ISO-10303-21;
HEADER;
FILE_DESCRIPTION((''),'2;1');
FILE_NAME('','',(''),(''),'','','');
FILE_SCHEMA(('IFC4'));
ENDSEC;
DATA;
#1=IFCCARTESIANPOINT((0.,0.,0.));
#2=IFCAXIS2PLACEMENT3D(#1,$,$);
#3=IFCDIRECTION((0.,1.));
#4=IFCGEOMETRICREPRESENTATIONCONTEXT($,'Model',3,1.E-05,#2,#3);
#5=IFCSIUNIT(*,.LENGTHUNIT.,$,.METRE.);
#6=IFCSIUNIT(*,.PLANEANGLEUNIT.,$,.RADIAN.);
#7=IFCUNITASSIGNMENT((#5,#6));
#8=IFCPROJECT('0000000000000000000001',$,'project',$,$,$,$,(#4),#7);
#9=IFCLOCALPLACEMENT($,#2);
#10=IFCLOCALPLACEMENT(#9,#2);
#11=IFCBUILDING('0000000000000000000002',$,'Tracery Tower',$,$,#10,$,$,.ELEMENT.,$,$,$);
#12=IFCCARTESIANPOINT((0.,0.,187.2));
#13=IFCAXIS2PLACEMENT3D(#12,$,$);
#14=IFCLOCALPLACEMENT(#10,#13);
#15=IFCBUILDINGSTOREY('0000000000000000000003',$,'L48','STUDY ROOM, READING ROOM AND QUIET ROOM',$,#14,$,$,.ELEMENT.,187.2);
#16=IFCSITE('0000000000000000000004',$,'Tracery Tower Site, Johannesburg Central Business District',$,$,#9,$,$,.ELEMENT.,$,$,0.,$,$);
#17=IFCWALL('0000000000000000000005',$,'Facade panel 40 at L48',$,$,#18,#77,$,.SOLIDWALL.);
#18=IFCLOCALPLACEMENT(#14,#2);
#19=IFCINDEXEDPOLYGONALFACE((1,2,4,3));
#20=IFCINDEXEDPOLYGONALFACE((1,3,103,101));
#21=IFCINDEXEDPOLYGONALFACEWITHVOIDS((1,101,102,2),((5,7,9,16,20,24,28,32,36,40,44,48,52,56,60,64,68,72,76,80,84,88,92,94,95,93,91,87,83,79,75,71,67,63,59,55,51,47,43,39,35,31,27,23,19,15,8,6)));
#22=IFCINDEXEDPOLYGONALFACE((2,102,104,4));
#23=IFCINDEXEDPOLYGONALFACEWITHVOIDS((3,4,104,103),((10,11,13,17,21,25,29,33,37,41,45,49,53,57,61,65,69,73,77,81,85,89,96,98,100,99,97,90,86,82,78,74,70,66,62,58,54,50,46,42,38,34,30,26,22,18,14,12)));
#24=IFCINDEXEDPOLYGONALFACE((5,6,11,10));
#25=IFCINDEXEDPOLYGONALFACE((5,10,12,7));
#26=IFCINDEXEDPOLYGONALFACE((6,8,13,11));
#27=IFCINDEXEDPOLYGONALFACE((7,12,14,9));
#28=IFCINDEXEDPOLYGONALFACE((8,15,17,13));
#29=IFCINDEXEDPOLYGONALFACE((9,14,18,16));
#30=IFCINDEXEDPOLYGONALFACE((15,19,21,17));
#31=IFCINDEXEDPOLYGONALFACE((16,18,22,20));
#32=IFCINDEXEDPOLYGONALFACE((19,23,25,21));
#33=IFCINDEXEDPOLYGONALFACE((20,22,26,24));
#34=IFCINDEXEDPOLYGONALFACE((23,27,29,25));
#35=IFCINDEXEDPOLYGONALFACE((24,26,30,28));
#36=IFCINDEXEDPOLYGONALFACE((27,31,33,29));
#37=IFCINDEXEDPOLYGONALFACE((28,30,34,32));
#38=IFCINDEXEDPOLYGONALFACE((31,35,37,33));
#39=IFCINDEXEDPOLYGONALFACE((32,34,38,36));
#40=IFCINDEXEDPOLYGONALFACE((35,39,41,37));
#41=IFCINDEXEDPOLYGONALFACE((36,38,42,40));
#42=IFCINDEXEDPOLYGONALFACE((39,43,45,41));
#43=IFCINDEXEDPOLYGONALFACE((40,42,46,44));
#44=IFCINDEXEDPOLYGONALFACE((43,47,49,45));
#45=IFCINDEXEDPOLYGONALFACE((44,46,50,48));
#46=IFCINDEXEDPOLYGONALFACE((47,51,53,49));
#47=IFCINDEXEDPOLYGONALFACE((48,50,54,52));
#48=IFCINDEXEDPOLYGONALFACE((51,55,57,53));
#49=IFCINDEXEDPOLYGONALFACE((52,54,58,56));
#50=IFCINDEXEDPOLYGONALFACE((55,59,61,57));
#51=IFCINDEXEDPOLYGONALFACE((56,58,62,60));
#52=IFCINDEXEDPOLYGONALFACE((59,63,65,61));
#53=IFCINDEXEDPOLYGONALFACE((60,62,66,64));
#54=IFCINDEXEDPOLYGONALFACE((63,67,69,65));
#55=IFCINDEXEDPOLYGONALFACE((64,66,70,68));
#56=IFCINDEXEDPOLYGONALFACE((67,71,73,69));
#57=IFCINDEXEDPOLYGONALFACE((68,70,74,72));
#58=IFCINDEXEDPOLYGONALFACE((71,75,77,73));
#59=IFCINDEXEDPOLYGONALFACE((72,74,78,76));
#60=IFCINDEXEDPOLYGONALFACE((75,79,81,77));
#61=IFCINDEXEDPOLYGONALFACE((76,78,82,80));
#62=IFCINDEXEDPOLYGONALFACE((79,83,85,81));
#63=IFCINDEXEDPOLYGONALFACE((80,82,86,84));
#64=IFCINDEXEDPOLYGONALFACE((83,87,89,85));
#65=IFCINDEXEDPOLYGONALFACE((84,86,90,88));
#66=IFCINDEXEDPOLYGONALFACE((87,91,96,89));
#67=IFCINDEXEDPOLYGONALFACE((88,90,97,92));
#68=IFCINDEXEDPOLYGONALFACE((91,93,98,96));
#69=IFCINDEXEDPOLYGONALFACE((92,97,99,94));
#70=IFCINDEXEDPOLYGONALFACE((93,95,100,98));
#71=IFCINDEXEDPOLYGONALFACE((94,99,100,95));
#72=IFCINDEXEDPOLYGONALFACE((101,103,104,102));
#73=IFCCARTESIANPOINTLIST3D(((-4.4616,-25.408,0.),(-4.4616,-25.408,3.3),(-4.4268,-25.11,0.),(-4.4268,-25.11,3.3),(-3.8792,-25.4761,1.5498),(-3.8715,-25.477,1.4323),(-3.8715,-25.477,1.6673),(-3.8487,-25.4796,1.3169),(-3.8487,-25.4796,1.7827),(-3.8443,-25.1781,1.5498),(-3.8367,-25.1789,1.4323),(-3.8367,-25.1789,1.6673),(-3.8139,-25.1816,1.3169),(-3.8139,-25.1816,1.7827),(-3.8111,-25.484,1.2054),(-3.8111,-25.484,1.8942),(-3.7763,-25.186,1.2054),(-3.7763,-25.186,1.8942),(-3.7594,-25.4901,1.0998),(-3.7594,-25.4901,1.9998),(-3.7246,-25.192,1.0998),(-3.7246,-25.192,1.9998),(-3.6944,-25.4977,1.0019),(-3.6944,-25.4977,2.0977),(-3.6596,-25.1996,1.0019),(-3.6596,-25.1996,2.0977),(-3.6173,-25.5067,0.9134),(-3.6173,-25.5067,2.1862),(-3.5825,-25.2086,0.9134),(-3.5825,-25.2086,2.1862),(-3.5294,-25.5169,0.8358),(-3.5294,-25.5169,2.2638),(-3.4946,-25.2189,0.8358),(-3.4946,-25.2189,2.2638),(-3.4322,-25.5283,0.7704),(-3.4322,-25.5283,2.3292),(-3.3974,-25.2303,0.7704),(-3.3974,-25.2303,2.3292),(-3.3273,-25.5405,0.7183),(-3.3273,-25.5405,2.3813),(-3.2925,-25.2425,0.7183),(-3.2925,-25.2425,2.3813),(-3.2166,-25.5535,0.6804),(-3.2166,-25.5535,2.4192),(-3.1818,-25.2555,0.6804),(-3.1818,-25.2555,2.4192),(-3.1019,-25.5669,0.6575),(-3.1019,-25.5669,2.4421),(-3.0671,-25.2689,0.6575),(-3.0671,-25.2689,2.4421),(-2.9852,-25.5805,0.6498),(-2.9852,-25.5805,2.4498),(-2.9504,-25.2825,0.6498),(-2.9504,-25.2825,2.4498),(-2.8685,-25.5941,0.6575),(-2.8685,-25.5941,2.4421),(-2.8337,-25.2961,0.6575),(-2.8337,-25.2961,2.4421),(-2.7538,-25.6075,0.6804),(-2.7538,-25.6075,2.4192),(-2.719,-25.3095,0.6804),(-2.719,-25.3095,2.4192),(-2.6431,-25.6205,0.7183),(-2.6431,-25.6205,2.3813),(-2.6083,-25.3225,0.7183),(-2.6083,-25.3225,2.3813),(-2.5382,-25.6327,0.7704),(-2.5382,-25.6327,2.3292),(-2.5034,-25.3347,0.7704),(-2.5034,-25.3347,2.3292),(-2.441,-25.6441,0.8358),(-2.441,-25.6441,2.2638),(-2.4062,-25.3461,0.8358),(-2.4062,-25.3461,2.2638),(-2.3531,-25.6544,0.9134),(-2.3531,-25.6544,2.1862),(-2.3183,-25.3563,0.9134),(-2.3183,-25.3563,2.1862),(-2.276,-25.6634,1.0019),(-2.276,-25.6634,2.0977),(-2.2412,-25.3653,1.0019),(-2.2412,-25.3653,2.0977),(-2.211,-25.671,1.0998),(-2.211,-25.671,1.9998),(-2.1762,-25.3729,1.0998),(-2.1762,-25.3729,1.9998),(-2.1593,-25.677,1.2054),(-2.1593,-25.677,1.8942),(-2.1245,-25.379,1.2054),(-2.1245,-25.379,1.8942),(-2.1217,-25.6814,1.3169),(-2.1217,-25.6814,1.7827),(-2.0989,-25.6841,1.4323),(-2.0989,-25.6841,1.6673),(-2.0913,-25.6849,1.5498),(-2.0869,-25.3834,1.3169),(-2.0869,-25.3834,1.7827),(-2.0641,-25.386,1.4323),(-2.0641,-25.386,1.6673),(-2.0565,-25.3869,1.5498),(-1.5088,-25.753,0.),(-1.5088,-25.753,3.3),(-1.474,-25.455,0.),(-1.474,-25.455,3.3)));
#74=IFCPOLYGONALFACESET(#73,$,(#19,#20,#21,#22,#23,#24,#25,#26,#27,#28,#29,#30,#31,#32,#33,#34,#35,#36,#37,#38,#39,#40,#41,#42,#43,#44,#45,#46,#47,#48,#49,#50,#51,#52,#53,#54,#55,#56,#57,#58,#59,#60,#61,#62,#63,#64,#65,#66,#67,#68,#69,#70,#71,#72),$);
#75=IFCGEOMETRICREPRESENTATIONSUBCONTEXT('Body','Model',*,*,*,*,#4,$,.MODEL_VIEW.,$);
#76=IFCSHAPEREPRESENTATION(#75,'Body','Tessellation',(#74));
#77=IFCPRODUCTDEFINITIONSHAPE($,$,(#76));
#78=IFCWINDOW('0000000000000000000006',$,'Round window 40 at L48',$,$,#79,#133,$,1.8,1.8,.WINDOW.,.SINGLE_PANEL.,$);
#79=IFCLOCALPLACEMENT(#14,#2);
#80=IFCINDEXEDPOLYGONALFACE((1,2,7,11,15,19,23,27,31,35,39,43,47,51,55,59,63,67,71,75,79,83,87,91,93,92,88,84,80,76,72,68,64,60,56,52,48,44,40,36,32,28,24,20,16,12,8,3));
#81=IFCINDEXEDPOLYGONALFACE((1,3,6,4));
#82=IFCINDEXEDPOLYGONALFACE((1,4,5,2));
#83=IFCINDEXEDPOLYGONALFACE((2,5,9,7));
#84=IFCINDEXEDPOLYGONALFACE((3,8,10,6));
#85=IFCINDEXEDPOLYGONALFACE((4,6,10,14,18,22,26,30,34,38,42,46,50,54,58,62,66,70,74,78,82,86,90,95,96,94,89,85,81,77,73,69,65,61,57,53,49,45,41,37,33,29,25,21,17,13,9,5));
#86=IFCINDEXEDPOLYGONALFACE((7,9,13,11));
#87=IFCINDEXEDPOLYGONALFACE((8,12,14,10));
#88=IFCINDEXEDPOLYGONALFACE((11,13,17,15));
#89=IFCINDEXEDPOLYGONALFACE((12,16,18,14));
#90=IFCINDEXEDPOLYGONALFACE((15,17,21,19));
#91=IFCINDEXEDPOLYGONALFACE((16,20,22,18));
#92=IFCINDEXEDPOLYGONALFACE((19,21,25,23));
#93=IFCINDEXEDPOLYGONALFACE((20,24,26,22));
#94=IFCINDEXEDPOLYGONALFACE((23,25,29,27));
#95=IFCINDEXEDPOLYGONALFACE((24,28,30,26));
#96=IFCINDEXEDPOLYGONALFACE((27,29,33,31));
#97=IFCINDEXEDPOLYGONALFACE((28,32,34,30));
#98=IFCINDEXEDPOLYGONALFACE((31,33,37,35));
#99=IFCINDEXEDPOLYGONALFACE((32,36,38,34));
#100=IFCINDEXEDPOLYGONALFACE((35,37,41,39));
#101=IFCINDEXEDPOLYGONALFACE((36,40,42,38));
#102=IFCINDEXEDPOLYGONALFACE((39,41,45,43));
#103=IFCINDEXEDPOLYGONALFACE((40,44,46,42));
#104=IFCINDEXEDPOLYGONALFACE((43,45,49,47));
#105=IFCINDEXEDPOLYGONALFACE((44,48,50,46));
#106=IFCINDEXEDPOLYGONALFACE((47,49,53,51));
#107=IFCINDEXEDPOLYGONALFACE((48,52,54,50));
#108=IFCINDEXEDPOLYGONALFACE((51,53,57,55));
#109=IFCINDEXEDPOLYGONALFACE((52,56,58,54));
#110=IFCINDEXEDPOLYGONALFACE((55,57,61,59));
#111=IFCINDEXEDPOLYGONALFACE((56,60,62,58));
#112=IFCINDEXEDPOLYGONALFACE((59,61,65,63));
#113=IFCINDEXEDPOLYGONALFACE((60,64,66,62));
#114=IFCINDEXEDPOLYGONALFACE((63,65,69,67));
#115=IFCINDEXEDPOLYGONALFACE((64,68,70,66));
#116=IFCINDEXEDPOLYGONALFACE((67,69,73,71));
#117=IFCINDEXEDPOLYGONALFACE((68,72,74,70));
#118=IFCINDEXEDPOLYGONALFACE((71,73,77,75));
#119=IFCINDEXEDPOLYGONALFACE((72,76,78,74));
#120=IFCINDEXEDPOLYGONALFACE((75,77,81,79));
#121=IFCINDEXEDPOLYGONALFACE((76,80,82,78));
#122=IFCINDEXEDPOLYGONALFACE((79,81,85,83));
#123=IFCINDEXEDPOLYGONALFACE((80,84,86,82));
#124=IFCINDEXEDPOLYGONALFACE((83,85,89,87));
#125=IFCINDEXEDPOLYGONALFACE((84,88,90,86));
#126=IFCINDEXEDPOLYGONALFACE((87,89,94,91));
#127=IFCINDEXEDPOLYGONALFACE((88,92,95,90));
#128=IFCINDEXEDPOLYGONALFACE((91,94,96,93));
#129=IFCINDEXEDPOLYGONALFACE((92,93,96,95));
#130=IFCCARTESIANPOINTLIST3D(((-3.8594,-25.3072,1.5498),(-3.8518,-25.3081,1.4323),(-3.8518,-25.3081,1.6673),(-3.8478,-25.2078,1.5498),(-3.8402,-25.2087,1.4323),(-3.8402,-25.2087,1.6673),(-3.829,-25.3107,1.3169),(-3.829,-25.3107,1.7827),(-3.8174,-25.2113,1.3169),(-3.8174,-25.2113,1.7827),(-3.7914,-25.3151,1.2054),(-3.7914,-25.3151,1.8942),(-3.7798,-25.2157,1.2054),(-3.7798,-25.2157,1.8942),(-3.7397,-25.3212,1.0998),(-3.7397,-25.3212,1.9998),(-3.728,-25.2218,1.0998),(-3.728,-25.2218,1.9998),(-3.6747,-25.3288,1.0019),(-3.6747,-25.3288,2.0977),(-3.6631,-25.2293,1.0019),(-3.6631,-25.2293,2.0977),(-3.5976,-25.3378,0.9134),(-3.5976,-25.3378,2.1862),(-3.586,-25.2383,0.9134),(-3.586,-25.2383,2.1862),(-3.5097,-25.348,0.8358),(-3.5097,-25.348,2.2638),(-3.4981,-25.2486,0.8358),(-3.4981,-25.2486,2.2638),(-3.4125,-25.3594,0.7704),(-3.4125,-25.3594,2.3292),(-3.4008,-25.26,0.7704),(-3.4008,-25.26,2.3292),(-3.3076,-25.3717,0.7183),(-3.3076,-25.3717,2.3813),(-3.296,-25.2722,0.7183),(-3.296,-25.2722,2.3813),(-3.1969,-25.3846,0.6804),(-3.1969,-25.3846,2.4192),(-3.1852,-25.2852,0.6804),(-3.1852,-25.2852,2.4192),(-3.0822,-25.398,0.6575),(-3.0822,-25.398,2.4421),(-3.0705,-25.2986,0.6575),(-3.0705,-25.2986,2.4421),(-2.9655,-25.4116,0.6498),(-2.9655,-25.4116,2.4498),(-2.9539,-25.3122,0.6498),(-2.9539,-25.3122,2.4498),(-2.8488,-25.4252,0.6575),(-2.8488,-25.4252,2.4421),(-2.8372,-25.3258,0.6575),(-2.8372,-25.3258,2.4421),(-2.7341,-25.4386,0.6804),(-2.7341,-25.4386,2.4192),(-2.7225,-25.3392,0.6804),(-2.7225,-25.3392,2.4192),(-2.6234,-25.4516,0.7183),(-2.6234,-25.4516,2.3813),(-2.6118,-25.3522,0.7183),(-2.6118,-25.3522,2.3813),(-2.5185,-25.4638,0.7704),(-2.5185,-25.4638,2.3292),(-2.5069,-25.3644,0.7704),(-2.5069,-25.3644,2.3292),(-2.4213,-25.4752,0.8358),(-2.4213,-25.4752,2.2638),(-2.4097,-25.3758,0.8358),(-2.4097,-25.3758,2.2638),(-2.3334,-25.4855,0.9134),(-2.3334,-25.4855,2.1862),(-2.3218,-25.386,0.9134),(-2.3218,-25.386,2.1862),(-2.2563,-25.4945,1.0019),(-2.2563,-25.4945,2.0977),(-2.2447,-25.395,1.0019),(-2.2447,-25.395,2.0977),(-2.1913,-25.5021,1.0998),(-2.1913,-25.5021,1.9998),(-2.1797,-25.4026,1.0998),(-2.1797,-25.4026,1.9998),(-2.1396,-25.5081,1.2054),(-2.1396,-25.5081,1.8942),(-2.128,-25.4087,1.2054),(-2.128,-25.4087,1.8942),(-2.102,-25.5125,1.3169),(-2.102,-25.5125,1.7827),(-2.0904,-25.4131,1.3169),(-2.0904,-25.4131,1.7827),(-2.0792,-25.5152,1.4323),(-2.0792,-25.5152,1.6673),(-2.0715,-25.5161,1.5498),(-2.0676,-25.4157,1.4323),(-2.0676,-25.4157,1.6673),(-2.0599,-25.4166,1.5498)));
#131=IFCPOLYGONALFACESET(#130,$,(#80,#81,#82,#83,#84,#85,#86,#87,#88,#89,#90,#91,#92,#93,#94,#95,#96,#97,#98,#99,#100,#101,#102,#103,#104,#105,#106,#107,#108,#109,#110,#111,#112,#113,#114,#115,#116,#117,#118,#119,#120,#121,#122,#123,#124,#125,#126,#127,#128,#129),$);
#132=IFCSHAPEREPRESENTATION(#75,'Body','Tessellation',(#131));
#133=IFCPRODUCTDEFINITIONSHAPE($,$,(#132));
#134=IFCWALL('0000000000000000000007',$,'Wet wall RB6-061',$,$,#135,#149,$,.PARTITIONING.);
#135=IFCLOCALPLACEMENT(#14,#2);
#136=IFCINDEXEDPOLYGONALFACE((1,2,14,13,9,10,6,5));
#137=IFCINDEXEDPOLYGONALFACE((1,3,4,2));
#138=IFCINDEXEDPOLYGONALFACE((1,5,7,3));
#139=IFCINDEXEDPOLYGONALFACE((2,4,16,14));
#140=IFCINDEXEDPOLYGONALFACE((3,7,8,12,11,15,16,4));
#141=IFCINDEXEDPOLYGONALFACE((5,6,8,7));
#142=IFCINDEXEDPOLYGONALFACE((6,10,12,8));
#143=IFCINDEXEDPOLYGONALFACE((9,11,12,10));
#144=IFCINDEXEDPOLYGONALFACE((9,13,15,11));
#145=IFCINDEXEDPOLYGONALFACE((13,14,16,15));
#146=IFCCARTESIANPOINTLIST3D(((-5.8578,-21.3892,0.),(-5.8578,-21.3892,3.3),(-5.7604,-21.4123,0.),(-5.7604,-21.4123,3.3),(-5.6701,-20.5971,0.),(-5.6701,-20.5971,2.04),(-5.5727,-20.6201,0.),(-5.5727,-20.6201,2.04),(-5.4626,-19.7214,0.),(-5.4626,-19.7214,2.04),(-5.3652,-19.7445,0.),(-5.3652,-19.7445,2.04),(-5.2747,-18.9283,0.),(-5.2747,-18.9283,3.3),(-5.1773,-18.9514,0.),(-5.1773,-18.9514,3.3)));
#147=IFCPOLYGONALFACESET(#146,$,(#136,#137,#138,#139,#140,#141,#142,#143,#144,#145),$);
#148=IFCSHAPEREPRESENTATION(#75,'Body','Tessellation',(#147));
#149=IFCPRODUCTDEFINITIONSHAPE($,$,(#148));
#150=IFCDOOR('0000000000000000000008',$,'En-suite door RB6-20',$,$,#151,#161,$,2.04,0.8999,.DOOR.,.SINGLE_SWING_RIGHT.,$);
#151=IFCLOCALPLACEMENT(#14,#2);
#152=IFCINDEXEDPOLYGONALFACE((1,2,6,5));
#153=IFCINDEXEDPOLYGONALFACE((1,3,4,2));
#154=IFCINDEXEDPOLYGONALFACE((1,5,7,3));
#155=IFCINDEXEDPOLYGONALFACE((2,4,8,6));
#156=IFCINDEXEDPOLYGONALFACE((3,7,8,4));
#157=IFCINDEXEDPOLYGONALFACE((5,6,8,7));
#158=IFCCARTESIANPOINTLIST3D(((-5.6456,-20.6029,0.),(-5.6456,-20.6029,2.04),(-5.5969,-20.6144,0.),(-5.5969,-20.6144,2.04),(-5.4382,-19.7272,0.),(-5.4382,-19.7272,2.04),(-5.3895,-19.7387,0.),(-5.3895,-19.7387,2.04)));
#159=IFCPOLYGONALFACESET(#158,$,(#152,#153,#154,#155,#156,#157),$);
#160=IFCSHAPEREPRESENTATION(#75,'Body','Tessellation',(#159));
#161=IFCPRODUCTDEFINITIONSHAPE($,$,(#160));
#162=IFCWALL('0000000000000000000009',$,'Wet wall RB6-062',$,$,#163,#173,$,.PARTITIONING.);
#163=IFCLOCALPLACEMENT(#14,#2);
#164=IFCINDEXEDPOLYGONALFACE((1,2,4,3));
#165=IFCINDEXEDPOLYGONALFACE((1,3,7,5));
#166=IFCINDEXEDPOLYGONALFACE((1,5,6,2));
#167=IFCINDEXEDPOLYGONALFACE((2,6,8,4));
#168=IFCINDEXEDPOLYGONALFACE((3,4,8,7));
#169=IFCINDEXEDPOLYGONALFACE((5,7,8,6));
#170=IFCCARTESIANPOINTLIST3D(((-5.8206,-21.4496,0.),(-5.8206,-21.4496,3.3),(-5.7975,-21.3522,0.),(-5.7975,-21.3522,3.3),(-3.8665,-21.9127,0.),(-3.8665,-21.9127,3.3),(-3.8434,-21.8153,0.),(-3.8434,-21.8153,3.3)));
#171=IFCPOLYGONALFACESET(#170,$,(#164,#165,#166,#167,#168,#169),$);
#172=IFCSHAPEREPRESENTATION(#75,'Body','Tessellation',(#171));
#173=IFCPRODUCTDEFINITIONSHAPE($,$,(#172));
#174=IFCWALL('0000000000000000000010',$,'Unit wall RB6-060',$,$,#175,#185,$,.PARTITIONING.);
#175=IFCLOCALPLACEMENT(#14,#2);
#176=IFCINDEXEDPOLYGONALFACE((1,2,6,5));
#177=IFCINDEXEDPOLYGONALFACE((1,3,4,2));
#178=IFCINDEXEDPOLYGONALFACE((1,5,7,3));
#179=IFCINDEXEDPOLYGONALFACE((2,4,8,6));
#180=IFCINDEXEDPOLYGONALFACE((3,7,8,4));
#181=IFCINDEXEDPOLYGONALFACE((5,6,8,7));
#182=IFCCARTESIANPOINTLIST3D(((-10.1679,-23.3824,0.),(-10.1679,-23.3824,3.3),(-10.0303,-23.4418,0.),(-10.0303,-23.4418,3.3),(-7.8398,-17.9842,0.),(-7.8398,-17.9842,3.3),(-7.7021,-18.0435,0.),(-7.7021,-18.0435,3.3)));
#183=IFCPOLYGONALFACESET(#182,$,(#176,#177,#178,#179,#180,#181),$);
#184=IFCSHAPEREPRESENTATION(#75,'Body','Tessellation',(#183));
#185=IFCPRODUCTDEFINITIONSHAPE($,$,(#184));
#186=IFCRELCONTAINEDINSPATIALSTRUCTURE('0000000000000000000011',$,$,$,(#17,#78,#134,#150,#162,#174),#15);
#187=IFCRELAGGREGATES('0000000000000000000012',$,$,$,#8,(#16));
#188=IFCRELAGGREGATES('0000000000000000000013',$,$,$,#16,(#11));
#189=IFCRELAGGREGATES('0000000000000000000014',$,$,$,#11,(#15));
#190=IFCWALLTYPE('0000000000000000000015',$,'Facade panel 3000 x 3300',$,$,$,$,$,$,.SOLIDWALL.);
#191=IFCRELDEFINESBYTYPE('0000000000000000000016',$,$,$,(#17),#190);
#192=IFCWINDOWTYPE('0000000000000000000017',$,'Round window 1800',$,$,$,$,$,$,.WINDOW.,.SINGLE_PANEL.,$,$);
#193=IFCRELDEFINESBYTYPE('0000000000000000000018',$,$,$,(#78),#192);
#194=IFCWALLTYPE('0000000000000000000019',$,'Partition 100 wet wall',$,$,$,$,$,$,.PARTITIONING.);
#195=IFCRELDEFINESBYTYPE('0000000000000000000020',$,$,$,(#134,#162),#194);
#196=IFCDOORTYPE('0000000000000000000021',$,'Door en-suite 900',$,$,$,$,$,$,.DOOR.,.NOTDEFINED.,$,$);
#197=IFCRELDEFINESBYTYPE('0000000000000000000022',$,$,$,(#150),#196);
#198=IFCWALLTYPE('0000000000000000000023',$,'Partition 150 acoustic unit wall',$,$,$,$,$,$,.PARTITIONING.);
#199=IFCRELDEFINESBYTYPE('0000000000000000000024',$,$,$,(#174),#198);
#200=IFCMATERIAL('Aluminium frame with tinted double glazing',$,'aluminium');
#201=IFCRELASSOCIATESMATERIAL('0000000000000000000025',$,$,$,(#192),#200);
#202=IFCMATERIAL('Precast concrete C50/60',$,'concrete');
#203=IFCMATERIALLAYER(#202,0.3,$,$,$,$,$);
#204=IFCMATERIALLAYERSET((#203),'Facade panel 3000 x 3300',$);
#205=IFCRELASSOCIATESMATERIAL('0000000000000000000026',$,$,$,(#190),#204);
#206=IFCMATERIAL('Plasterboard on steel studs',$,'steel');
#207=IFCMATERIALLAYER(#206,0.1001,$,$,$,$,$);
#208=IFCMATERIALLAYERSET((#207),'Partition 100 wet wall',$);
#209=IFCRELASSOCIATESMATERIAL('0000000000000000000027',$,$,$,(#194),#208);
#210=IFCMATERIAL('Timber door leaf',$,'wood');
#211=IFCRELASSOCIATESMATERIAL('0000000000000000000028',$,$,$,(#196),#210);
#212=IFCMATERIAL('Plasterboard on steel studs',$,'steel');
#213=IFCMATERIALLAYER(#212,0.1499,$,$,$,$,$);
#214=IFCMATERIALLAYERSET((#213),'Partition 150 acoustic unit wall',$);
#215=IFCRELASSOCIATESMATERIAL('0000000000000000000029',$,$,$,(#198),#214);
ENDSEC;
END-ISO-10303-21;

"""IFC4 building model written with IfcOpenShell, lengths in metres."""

from ifc_helpers import new_model, si_unit, direction, frame, frame_2d, origin, origin_2d, place, context, subcontext, project, spatial, rectangle, circle, extrude, material, layer, layer_set, type_object, element, fill, save


model = new_model("IFC4")

# Units and contexts
model_context = context("Model", 3, precision=1e-05, world=origin(), true_north=direction((0.0, 1.0)))
body_context = subcontext(model_context, "Body", "Model", "MODEL_VIEW")
ifc_project = project(units=[si_unit("LENGTHUNIT", "METRE"), si_unit("PLANEANGLEUNIT", "RADIAN")], contexts=[model_context])

# Site, building, storey
site_placement = place(None, origin())
site = spatial("IfcSite", under=ifc_project, at=site_placement, Name="Tracery Tower Site, Johannesburg Central Business District", CompositionType="ELEMENT", RefElevation=0.0)
building_placement = place(site_placement, origin())
building = spatial("IfcBuilding", under=site, at=building_placement, Name="Tracery Tower", CompositionType="ELEMENT")
storey_placement = place(building_placement, frame((0.0, 0.0, 187.2)))
storey = spatial("IfcBuildingStorey", under=building, at=storey_placement, Name="L48", Description="STUDY ROOM, READING ROOM AND QUIET ROOM", CompositionType="ELEMENT", Elevation=187.2)

# Wall, opening, window
ifc_material_1 = material(Name="Aluminium frame with tinted double glazing", Category="aluminium")
window_type = type_object("IfcWindowType", Name="Round window 1800", PartitioningType="SINGLE_PANEL", PredefinedType="WINDOW", material=ifc_material_1)
ifc_material_2 = material(Name="Precast concrete C50/60", Category="concrete")
ifc_layer_1 = layer(ifc_material_2, 0.3)
ifc_layer_set_1 = layer_set([ifc_layer_1], Name="Facade panel 3000 x 3300")
wall_type_1 = type_object("IfcWallType", Name="Facade panel 3000 x 3300", PredefinedType="SOLIDWALL", material=ifc_layer_set_1)
wall_1_placement = place(storey_placement, frame((-4.4441, -25.259, 0.0), z_axis=(0.0, 0.0, 1.0), x_axis=(0.993245, -0.116036, 0.0)))
wall_1 = element("IfcWall", 1, at=wall_1_placement, inside=storey, type_object=wall_type_1, Name="Facade panel 40 at L48", PredefinedType="SOLIDWALL", context=body_context, shape_type="SweptSolid", body=[
    extrude(rectangle(XDim=2.9729, YDim=0.3, at=frame_2d((1.4863, 0.0))), origin(), (0.0, 0.0, 1.0), 3.3),
])
opening_1_placement = place(wall_1_placement, frame((1.4863, 0.0, 1.5498)))
opening_1 = element("IfcOpeningElement", 2, at=opening_1_placement, cuts=wall_1, PredefinedType="OPENING", context=body_context, shape_type="SweptSolid", body=[
    extrude(circle(Radius=0.9, at=origin_2d()), frame((0.0, 0.1599, 0.0), z_axis=(0.0, -1.0, 0.0), x_axis=(1.0, 0.0, 0.0)), (0.0, 0.0, 1.0), 0.3201),
])
window_1_placement = place(opening_1_placement, origin())
window_1 = element("IfcWindow", 3, at=window_1_placement, inside=storey, type_object=window_type, Name="Round window 40 at L48", OverallHeight=1.8, OverallWidth=1.8, PartitioningType="SINGLE_PANEL", PredefinedType="WINDOW", context=body_context, shape_type="SweptSolid", body=[
    extrude(circle(Radius=0.9, at=origin_2d()), frame((0.0, 0.1201, 0.0), z_axis=(0.0, -1.0, 0.0), x_axis=(1.0, 0.0, 0.0)), (0.0, 0.0, 1.0), 0.1001),
])
fill(opening_1, window_1)

# Wall, opening, door
ifc_material_3 = material(Name="Plasterboard on steel studs", Category="steel")
ifc_layer_2 = layer(ifc_material_3, 0.1001)
ifc_layer_set_2 = layer_set([ifc_layer_2], Name="Partition 100 wet wall")
wall_type_2 = type_object("IfcWallType", Name="Partition 100 wet wall", PredefinedType="PARTITIONING", material=ifc_layer_set_2)
wall_2_placement = place(storey_placement, frame((-5.8091, -21.4009, 0.0), z_axis=(0.0, 0.0, 1.0), x_axis=(0.230524, 0.973067, 0.0)))
wall_2 = element("IfcWall", 4, at=wall_2_placement, inside=storey, type_object=wall_type_2, Name="Wet wall RB6-061", PredefinedType="PARTITIONING", context=body_context, shape_type="SweptSolid", body=[
    extrude(rectangle(XDim=2.5291, YDim=0.1001, at=frame_2d((1.2646, 0.0))), origin(), (0.0, 0.0, 1.0), 3.3),
])
opening_2_placement = place(wall_2_placement, frame((0.8142, 0.0, 0.0)))
opening_2 = element("IfcOpeningElement", 5, at=opening_2_placement, cuts=wall_2, PredefinedType="OPENING", context=body_context, shape_type="SweptSolid", body=[
    extrude(rectangle(XDim=0.8999, YDim=2.04, at=frame_2d((0.45, 1.02))), frame((0.0, 0.05, 0.0), z_axis=(0.0, -1.0, 0.0), x_axis=(1.0, 0.0, 0.0)), (0.0, 0.0, 1.0), 0.1001),
])
ifc_material_4 = material(Name="Timber door leaf", Category="wood")
door_type_1 = type_object("IfcDoorType", Name="Door en-suite 900", OperationType="NOTDEFINED", PredefinedType="DOOR", material=ifc_material_4)
door_1_placement = place(opening_2_placement, origin())
door_1 = element("IfcDoor", 6, at=door_1_placement, inside=storey, type_object=door_type_1, Name="En-suite door RB6-20", OperationType="SINGLE_SWING_RIGHT", OverallHeight=2.04, OverallWidth=0.8999, PredefinedType="DOOR", context=body_context, shape_type="SweptSolid", body=[
    extrude(rectangle(XDim=0.8999, YDim=2.04, at=frame_2d((0.45, 1.02))), frame((0.0, 0.0249, 0.0), z_axis=(0.0, -1.0, 0.0), x_axis=(1.0, 0.0, 0.0)), (0.0, 0.0, 1.0), 0.05),
])
fill(opening_2, door_1)

# Walls
wall_3_placement = place(storey_placement, frame((-5.8091, -21.4009, 0.0), z_axis=(0.0, 0.0, 1.0), x_axis=(0.973044, -0.230618, 0.0)))
element("IfcWall", 7, at=wall_3_placement, inside=storey, type_object=wall_type_2, Name="Wet wall RB6-062", PredefinedType="PARTITIONING", context=body_context, shape_type="SweptSolid", body=[
    extrude(rectangle(XDim=2.0083, YDim=0.1001, at=frame_2d((1.0042, 0.0))), origin(), (0.0, 0.0, 1.0), 3.3),
])
ifc_material_5 = material(Name="Plasterboard on steel studs", Category="steel")
ifc_layer_3 = layer(ifc_material_5, 0.1499)
ifc_layer_set_3 = layer_set([ifc_layer_3], Name="Partition 150 acoustic unit wall")
wall_type_3 = type_object("IfcWallType", Name="Partition 150 acoustic unit wall", PredefinedType="PARTITIONING", material=ifc_layer_set_3)
wall_4_placement = place(storey_placement, frame((-10.0991, -23.4121, 0.0), z_axis=(0.0, 0.0, 1.0), x_axis=(0.396018, 0.918243, 0.0)))
element("IfcWall", 8, at=wall_4_placement, inside=storey, type_object=wall_type_3, Name="Unit wall RB6-060", PredefinedType="PARTITIONING", context=body_context, shape_type="SweptSolid", body=[
    extrude(rectangle(XDim=5.8789, YDim=0.1499, at=frame_2d((2.9395, 0.0))), origin(), (0.0, 0.0, 1.0), 3.3),
])

save(model, "model.ifc")
